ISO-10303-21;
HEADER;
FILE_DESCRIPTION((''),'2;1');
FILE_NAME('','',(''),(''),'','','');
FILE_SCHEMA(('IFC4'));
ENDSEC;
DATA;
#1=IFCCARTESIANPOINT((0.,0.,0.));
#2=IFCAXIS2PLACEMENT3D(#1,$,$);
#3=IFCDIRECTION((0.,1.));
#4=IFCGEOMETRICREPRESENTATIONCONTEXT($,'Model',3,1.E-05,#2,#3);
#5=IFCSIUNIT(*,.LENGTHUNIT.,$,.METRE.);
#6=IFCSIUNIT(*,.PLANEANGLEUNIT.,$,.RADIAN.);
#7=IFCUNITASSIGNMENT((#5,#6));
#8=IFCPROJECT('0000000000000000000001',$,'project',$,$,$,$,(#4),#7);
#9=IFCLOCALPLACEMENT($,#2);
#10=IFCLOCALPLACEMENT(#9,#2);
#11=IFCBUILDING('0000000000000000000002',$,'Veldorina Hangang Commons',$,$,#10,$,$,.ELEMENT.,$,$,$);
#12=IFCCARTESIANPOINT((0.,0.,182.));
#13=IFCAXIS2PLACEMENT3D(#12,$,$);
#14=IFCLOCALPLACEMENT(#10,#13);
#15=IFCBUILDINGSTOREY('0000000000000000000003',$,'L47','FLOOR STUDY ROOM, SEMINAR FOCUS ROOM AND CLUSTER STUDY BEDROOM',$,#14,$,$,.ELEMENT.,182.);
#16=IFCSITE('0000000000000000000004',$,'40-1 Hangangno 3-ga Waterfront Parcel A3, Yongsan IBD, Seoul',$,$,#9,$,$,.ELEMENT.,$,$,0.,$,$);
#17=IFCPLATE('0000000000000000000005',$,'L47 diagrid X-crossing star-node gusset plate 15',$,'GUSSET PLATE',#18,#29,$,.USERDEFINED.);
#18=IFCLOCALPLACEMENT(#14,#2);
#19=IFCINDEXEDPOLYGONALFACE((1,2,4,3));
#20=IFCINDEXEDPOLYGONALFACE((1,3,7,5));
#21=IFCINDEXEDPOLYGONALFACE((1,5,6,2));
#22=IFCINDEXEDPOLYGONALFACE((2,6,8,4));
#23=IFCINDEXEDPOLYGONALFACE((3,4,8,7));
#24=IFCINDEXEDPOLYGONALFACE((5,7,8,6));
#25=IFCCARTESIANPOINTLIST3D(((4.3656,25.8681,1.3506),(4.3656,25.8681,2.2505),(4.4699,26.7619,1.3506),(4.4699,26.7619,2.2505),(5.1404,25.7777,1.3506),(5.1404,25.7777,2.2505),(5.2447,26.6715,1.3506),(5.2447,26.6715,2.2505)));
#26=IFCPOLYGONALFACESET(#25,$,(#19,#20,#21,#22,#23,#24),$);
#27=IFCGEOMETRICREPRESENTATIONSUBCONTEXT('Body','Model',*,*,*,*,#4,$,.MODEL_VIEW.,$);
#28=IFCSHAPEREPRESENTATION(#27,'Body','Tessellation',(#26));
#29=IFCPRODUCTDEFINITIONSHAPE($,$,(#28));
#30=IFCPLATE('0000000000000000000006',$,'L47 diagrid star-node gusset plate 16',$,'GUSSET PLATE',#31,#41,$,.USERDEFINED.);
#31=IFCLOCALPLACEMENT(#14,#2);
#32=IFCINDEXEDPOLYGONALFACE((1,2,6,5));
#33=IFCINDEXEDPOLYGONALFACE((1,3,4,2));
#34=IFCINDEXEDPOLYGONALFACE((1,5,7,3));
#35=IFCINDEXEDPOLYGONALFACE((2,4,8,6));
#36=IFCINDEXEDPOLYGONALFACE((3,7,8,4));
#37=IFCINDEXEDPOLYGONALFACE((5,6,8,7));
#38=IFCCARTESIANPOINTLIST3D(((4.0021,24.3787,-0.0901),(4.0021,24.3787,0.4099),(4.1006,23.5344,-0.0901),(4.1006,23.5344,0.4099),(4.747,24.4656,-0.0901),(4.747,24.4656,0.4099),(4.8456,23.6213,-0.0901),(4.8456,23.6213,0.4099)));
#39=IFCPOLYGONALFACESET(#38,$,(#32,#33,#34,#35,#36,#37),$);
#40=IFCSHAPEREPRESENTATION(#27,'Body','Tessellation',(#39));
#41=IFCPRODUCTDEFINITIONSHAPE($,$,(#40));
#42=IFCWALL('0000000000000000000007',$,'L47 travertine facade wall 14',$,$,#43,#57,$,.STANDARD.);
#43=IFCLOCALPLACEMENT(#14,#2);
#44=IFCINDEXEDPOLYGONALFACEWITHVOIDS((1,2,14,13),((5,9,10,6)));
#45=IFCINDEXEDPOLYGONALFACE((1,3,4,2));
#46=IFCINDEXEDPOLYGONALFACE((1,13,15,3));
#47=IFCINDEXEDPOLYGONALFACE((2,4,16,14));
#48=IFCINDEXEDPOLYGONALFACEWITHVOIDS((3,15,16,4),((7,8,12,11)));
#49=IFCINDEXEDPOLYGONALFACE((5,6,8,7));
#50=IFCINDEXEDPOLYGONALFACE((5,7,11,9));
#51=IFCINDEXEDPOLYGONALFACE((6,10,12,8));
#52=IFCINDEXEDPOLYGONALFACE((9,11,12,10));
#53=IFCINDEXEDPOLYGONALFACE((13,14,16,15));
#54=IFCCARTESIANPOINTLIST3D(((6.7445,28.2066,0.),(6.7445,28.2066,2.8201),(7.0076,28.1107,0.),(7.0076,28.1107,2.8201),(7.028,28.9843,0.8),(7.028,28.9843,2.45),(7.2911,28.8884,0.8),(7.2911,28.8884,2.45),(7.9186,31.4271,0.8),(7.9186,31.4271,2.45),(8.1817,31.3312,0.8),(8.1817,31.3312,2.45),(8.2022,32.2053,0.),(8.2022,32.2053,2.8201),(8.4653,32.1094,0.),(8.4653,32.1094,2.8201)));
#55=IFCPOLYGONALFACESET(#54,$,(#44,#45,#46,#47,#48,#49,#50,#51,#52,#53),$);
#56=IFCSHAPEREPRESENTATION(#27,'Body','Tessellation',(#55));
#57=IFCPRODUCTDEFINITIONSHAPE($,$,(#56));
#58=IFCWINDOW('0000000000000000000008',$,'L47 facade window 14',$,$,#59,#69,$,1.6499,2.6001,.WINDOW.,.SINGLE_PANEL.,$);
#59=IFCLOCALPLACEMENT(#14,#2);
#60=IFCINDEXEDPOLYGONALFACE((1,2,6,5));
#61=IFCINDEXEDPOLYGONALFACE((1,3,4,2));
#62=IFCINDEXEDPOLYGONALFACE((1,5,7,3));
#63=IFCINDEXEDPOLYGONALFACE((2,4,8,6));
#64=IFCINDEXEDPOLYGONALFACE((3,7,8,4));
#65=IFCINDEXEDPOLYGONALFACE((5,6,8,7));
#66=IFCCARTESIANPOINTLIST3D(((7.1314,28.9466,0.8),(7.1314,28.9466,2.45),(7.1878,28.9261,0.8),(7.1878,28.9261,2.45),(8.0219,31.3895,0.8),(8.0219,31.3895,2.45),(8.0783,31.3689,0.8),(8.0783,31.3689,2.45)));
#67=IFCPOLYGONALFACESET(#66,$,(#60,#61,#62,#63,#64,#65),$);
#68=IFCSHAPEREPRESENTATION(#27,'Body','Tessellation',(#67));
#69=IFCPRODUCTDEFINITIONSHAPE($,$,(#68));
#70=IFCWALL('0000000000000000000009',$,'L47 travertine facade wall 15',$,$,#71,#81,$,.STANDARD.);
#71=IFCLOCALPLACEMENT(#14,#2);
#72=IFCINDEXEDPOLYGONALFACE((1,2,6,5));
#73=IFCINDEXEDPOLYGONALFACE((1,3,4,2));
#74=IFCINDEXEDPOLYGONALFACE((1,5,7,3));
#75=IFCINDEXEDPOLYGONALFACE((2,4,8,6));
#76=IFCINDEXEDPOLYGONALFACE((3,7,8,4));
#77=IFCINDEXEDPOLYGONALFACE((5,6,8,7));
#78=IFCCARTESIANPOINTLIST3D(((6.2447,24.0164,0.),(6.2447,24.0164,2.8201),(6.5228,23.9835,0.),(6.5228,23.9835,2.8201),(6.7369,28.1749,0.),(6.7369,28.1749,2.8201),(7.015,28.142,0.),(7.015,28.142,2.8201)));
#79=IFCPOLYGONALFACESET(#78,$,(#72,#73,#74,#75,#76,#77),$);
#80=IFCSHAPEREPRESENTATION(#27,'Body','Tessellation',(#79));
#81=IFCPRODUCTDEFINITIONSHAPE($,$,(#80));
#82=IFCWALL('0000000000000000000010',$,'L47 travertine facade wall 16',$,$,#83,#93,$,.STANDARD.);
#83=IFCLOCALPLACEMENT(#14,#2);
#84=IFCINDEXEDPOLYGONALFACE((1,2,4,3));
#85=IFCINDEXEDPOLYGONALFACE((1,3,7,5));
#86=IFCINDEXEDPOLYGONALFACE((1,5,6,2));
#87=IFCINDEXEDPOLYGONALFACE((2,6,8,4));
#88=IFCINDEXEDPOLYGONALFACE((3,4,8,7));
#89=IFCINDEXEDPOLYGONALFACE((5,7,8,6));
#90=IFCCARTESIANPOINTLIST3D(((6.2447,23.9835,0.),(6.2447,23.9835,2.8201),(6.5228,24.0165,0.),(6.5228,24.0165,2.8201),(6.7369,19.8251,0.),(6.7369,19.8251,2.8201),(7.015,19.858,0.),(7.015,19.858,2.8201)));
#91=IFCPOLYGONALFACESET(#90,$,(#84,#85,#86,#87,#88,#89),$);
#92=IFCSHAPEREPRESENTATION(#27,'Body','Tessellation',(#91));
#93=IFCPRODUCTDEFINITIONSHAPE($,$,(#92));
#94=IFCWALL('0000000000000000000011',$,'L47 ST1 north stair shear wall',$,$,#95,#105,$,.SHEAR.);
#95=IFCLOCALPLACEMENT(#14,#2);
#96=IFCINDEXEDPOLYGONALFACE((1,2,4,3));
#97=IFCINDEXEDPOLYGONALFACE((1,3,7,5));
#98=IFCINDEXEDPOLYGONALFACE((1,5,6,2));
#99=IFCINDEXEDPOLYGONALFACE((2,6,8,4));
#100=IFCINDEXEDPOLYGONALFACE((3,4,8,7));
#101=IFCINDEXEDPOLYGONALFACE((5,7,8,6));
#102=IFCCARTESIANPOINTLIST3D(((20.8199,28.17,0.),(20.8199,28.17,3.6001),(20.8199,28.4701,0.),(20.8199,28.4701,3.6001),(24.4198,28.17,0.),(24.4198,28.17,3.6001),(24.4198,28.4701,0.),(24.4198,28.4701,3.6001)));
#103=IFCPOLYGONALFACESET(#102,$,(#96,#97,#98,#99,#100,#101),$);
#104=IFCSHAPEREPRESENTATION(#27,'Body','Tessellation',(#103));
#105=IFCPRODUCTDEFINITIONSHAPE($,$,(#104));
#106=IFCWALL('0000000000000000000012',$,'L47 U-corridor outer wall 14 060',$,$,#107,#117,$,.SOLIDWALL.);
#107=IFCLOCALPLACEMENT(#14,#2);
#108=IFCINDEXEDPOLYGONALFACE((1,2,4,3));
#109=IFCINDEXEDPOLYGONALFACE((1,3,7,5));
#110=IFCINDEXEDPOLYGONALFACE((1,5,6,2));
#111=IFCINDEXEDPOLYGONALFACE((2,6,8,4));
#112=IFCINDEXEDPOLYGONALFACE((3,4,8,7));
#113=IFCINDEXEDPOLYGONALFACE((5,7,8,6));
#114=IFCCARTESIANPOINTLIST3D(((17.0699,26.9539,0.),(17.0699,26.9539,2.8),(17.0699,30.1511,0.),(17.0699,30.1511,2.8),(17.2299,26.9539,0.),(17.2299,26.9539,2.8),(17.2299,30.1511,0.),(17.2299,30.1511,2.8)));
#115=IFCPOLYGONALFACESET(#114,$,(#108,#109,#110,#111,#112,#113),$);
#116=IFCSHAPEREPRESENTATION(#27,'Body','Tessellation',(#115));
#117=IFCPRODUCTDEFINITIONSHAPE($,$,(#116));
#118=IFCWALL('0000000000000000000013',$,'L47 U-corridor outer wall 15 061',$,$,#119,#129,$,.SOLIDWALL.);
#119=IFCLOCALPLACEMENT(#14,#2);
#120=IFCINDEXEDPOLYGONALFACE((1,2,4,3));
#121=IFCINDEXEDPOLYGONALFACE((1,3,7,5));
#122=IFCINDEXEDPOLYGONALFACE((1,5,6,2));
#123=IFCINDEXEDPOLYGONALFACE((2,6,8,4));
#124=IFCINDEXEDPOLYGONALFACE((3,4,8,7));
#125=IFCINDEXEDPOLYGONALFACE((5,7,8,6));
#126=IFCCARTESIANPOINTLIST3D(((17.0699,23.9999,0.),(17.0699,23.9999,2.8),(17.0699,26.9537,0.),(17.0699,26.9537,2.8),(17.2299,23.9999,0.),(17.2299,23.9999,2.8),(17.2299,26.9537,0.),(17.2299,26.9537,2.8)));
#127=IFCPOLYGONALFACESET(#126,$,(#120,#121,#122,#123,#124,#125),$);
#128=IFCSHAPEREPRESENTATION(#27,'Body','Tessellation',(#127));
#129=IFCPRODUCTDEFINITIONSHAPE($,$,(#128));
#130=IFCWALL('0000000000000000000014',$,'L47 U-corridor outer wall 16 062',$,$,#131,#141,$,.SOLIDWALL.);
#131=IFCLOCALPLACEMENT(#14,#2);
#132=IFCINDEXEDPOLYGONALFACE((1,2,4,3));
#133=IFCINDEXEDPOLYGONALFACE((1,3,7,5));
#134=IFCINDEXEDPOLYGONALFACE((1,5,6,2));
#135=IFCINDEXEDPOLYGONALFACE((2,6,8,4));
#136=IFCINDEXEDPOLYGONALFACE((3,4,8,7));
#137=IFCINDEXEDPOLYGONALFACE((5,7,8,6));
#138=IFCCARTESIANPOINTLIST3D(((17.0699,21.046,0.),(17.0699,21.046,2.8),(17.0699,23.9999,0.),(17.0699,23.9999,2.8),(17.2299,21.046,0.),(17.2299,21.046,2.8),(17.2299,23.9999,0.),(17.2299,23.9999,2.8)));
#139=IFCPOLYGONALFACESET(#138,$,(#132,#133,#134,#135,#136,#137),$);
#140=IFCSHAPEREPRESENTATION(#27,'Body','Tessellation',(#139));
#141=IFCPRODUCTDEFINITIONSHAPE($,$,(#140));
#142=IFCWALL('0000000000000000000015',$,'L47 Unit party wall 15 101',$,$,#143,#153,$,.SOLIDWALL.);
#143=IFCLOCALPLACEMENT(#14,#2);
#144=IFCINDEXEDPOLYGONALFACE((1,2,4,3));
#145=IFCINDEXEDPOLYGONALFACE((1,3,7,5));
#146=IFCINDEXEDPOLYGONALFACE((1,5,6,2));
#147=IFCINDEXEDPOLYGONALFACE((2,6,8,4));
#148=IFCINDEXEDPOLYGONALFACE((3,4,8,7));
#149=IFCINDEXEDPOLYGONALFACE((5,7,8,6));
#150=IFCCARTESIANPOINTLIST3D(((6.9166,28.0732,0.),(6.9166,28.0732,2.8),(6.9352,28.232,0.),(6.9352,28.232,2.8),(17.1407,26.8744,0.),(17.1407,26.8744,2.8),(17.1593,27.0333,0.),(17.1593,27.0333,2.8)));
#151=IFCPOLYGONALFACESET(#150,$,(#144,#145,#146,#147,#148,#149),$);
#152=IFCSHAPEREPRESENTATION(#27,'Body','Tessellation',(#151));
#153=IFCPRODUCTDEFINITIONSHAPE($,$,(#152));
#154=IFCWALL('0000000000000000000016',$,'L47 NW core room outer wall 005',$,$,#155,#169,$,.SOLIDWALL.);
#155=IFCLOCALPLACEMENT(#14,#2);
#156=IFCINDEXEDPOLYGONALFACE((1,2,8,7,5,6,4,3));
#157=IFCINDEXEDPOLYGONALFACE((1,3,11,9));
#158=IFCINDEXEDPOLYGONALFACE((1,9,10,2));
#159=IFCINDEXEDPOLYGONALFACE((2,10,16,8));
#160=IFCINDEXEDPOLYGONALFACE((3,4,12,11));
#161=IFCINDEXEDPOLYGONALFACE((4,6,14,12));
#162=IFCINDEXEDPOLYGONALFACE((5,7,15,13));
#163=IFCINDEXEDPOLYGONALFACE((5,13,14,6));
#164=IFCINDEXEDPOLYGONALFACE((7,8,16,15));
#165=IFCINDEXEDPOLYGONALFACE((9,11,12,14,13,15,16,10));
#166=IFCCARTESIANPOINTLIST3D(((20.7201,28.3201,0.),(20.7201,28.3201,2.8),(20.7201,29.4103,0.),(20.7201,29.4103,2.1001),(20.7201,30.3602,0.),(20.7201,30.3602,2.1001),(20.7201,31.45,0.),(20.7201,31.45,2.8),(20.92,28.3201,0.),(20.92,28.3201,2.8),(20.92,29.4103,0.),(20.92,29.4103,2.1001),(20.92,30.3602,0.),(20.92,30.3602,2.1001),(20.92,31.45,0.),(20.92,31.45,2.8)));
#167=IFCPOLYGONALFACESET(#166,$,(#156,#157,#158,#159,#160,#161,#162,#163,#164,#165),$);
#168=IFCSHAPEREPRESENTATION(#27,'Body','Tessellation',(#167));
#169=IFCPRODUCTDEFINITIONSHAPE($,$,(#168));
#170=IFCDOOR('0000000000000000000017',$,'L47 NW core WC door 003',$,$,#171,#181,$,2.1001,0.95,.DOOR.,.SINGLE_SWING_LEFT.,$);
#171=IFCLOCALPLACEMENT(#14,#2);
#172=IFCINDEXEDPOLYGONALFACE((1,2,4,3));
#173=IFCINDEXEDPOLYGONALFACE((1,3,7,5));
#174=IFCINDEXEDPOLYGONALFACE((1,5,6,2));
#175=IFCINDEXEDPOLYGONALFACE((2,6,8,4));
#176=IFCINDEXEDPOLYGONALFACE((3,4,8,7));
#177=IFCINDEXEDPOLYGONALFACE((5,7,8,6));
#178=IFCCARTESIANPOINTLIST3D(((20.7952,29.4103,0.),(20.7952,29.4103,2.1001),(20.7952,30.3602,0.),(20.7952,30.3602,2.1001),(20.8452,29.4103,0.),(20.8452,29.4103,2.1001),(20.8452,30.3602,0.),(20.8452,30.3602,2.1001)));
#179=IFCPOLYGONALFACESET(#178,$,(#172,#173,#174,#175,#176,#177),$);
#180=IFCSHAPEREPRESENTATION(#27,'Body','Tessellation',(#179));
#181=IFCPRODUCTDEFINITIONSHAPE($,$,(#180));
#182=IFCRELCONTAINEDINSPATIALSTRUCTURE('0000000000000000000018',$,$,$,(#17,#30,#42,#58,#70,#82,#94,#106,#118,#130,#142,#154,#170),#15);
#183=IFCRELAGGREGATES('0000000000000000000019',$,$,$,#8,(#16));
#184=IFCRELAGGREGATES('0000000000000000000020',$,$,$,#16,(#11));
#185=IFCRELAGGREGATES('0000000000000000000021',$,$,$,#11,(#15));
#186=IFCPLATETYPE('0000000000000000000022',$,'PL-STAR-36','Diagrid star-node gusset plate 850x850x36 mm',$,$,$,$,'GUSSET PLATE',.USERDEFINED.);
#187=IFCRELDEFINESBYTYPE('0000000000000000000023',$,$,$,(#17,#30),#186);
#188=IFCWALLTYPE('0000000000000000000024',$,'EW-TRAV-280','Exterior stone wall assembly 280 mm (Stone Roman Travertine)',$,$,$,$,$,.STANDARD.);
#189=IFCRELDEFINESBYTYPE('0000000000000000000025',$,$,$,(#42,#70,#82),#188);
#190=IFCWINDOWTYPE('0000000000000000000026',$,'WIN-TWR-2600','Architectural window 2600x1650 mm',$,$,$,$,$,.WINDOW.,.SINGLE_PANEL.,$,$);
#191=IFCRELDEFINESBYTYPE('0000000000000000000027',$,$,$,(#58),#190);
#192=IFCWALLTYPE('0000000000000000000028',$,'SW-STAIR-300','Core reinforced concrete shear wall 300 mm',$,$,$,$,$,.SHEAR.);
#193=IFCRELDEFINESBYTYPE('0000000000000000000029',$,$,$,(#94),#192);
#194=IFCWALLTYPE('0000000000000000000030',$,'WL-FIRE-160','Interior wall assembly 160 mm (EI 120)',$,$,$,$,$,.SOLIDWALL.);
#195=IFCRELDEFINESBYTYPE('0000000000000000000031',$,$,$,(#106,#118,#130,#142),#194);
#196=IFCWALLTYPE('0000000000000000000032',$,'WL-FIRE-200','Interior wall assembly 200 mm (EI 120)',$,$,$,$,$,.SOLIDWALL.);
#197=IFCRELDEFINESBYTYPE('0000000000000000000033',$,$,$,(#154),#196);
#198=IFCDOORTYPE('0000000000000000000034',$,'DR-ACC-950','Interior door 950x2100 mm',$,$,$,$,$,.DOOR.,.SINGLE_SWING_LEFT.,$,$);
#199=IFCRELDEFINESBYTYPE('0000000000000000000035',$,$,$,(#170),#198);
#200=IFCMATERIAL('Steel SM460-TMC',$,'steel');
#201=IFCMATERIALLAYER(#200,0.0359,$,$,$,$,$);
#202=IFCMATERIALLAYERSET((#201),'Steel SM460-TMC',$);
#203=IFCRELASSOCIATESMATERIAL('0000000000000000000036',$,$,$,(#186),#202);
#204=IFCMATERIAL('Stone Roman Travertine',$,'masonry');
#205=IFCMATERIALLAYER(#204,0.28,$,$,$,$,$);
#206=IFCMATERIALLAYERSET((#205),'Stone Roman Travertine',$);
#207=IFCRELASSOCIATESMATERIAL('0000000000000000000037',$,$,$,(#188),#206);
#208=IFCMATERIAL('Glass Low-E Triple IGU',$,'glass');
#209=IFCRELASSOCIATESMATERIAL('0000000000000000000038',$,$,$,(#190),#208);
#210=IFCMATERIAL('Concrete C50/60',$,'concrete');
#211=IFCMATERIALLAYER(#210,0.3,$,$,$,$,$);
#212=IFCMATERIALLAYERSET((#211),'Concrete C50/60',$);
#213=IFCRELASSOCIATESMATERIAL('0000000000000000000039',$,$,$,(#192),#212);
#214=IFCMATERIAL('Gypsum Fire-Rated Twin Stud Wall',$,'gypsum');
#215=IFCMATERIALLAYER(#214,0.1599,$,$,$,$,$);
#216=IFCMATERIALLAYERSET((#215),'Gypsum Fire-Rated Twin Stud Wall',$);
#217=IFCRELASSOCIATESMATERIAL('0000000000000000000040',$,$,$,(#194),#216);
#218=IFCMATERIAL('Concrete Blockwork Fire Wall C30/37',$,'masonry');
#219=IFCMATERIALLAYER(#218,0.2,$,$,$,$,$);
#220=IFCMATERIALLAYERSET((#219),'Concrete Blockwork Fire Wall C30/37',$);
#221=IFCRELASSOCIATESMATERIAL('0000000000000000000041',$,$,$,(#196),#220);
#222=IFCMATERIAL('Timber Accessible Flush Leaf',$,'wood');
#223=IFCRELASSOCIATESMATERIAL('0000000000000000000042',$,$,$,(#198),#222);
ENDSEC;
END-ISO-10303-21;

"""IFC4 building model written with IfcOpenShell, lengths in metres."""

from ifc_helpers import new_model, si_unit, direction, frame, frame_2d, origin, origin_2d, place, context, subcontext, project, spatial, rectangle, extrude, material, layer, layer_set, type_object, element, fill, save


model = new_model("IFC4")

# Units and contexts
model_context = context("Model", 3, precision=1e-05, world=origin(), true_north=direction((0.0, 1.0)))
body_context = subcontext(model_context, "Body", "Model", "MODEL_VIEW")
ifc_project = project(units=[si_unit("LENGTHUNIT", "METRE"), si_unit("PLANEANGLEUNIT", "RADIAN")], contexts=[model_context])

# Site, building, storey
site_placement = place(None, origin())
site = spatial("IfcSite", under=ifc_project, at=site_placement, Name="40-1 Hangangno 3-ga Waterfront Parcel A3, Yongsan IBD, Seoul", CompositionType="ELEMENT", RefElevation=0.0)
building_placement = place(site_placement, origin())
building = spatial("IfcBuilding", under=site, at=building_placement, Name="Veldorina Hangang Commons", CompositionType="ELEMENT")
storey_placement = place(building_placement, frame((0.0, 0.0, 182.0)))
storey = spatial("IfcBuildingStorey", under=building, at=storey_placement, Name="L47", Description="FLOOR STUDY ROOM, SEMINAR FOCUS ROOM AND CLUSTER STUDY BEDROOM", CompositionType="ELEMENT", Elevation=182.0)

# Plates
ifc_material_1 = material(Name="Steel SM460-TMC", Category="steel")
ifc_layer_1 = layer(ifc_material_1, 0.0359)
ifc_layer_set_1 = layer_set([ifc_layer_1], Name="Steel SM460-TMC")
plate_type = type_object("IfcPlateType", Name="PL-STAR-36", Description="Diagrid star-node gusset plate 850x850x36 mm", ElementType="GUSSET PLATE", PredefinedType="USERDEFINED", material=ifc_layer_set_1)
plate_1_placement = place(storey_placement, frame((4.8052, 26.2698, 1.3506), z_axis=(0.0, 0.0, 1.0), x_axis=(-0.115908, -0.99326, 0.0)))
element("IfcPlate", 1, at=plate_1_placement, inside=storey, type_object=plate_type, Name="L47 diagrid X-crossing star-node gusset plate 15", ObjectType="GUSSET PLATE", PredefinedType="USERDEFINED", context=body_context, shape_type="SweptSolid", body=[
    extrude(rectangle(XDim=0.8999, YDim=0.78, at=origin_2d()), origin(), (0.0, 0.0, 1.0), 0.8999),
])
plate_2_placement = place(storey_placement, frame((4.4238, 24.0, -0.0901), z_axis=(0.0, 0.0, 1.0), x_axis=(0.115908, -0.99326, 0.0)))
element("IfcPlate", 2, at=plate_2_placement, inside=storey, type_object=plate_type, Name="L47 diagrid star-node gusset plate 16", ObjectType="GUSSET PLATE", PredefinedType="USERDEFINED", context=body_context, shape_type="SweptSolid", body=[
    extrude(rectangle(XDim=0.8501, YDim=0.75, at=origin_2d()), origin(), (0.0, 0.0, 1.0), 0.5),
])

# Wall, opening, window
ifc_material_2 = material(Name="Stone Roman Travertine", Category="masonry")
ifc_layer_2 = layer(ifc_material_2, 0.28)
ifc_layer_set_2 = layer_set([ifc_layer_2], Name="Stone Roman Travertine")
wall_type_1 = type_object("IfcWallType", Name="EW-TRAV-280", Description="Exterior stone wall assembly 280 mm (Stone Roman Travertine)", PredefinedType="STANDARD", material=ifc_layer_set_2)
wall_1_placement = place(storey_placement, frame((8.3337, 32.1572, 0.0), z_axis=(0.0, 0.0, 1.0), x_axis=(-0.342503, -0.939517, 0.0)))
wall_1 = element("IfcWall", 3, at=wall_1_placement, inside=storey, type_object=wall_type_1, Name="L47 travertine facade wall 14", PredefinedType="STANDARD", context=body_context, shape_type="SweptSolid", body=[
    extrude(rectangle(XDim=4.2561, YDim=0.28, at=frame_2d((2.1279, 0.0))), origin(), (0.0, 0.0, 1.0), 2.8201),
])
opening_1_placement = place(wall_1_placement, frame((0.8281, 0.0, 0.8)))
opening_1 = element("IfcOpeningElement", 4, at=opening_1_placement, cuts=wall_1, PredefinedType="OPENING", context=body_context, shape_type="SweptSolid", body=[
    extrude(rectangle(XDim=2.6001, YDim=1.6499, at=frame_2d((1.3, 0.825))), frame((0.0, 0.1499, 0.0), z_axis=(0.0, -1.0, 0.0), x_axis=(1.0, 0.0, 0.0)), (0.0, 0.0, 1.0), 0.3),
])
ifc_material_3 = material(Name="Glass Low-E Triple IGU", Category="glass")
window_type = type_object("IfcWindowType", Name="WIN-TWR-2600", Description="Architectural window 2600x1650 mm", PartitioningType="SINGLE_PANEL", PredefinedType="WINDOW", material=ifc_material_3)
window_placement = place(opening_1_placement, origin())
window = element("IfcWindow", 5, at=window_placement, inside=storey, type_object=window_type, Name="L47 facade window 14", OverallHeight=1.6499, OverallWidth=2.6001, PartitioningType="SINGLE_PANEL", PredefinedType="WINDOW", context=body_context, shape_type="SweptSolid", body=[
    extrude(rectangle(XDim=2.6001, YDim=1.6499, at=frame_2d((1.3, 0.825))), frame((0.0, 0.03, 0.0), z_axis=(0.0, -1.0, 0.0), x_axis=(1.0, 0.0, 0.0)), (0.0, 0.0, 1.0), 0.0601),
])
fill(opening_1, window)

# Walls
for number, where, z_axis, x_axis, name in (
    (6, (6.876, 28.1584, 0.0), (0.0, 0.0, 1.0), (-0.117538, -0.993068, 0.0), "L47 travertine facade wall 15"),
    (7, (6.3838, 24.0, 0.0), (0.0, 0.0, 1.0), (0.117538, -0.993068, 0.0), "L47 travertine facade wall 16"),
):
    element("IfcWall", number, at=place(storey_placement, frame(where, z_axis=z_axis, x_axis=x_axis)), inside=storey, type_object=wall_type_1, Name=name, PredefinedType="STANDARD", context=body_context, shape_type="SweptSolid", body=[
        extrude(rectangle(XDim=4.1875, YDim=0.28, at=frame_2d((2.0938, 0.0))), origin(), (0.0, 0.0, 1.0), 2.8201),
    ])
ifc_material_4 = material(Name="Concrete C50/60", Category="concrete")
ifc_layer_3 = layer(ifc_material_4, 0.3)
ifc_layer_set_3 = layer_set([ifc_layer_3], Name="Concrete C50/60")
wall_type_2 = type_object("IfcWallType", Name="SW-STAIR-300", Description="Core reinforced concrete shear wall 300 mm", PredefinedType="SHEAR", material=ifc_layer_set_3)
wall_2_placement = place(storey_placement, frame((20.8201, 28.3201, 0.0), z_axis=(0.0, 0.0, 1.0), x_axis=(1.0, 0.0, 0.0)))
element("IfcWall", 8, at=wall_2_placement, inside=storey, type_object=wall_type_2, Name="L47 ST1 north stair shear wall", PredefinedType="SHEAR", context=body_context, shape_type="SweptSolid", body=[
    extrude(rectangle(XDim=3.5999, YDim=0.3, at=frame_2d((1.7998, 0.0))), origin(), (0.0, 0.0, 1.0), 3.6001),
])
ifc_material_5 = material(Name="Gypsum Fire-Rated Twin Stud Wall", Category="gypsum")
ifc_layer_4 = layer(ifc_material_5, 0.1599)
ifc_layer_set_4 = layer_set([ifc_layer_4], Name="Gypsum Fire-Rated Twin Stud Wall")
wall_type_3 = type_object("IfcWallType", Name="WL-FIRE-160", Description="Interior wall assembly 160 mm (EI 120)", PredefinedType="SOLIDWALL", material=ifc_layer_set_4)
wall_3_placement = place(storey_placement, frame((17.1499, 30.1511, 0.0), z_axis=(0.0, 0.0, 1.0), x_axis=(0.0, -1.0, 0.0)))
element("IfcWall", 9, at=wall_3_placement, inside=storey, type_object=wall_type_3, Name="L47 U-corridor outer wall 14 060", PredefinedType="SOLIDWALL", context=body_context, shape_type="SweptSolid", body=[
    extrude(rectangle(XDim=3.1973, YDim=0.1599, at=frame_2d((1.5986, 0.0))), origin(), (0.0, 0.0, 1.0), 2.8),
])
for number, where, z_axis, x_axis, name in (
    (10, (17.1499, 26.9539, 0.0), (0.0, 0.0, 1.0), (0.0, -1.0, 0.0), "L47 U-corridor outer wall 15 061"),
    (11, (17.1499, 24.0, 0.0), (0.0, 0.0, 1.0), (0.0, -1.0, 0.0), "L47 U-corridor outer wall 16 062"),
):
    element("IfcWall", number, at=place(storey_placement, frame(where, z_axis=z_axis, x_axis=x_axis)), inside=storey, type_object=wall_type_3, Name=name, PredefinedType="SOLIDWALL", context=body_context, shape_type="SweptSolid", body=[
        extrude(rectangle(XDim=2.9539, YDim=0.1599, at=frame_2d((1.4771, 0.0))), origin(), (0.0, 0.0, 1.0), 2.8),
    ])
wall_4_placement = place(storey_placement, frame((17.1499, 26.9539, 0.0), z_axis=(0.0, 0.0, 1.0), x_axis=(-0.993197, 0.116448, 0.0)))
element("IfcWall", 12, at=wall_4_placement, inside=storey, type_object=wall_type_3, Name="L47 Unit party wall 15 101", PredefinedType="SOLIDWALL", context=body_context, shape_type="SweptSolid", body=[
    extrude(rectangle(XDim=10.2942, YDim=0.1599, at=frame_2d((5.147, 0.0))), origin(), (0.0, 0.0, 1.0), 2.8),
])

# Wall, opening, door
ifc_material_6 = material(Name="Concrete Blockwork Fire Wall C30/37", Category="masonry")
ifc_layer_5 = layer(ifc_material_6, 0.2)
ifc_layer_set_5 = layer_set([ifc_layer_5], Name="Concrete Blockwork Fire Wall C30/37")
wall_type_4 = type_object("IfcWallType", Name="WL-FIRE-200", Description="Interior wall assembly 200 mm (EI 120)", PredefinedType="SOLIDWALL", material=ifc_layer_set_5)
wall_5_placement = place(storey_placement, frame((20.8201, 28.3201, 0.0), z_axis=(0.0, 0.0, 1.0), x_axis=(0.0, 1.0, 0.0)))
wall_5 = element("IfcWall", 13, at=wall_5_placement, inside=storey, type_object=wall_type_4, Name="L47 NW core room outer wall 005", PredefinedType="SOLIDWALL", context=body_context, shape_type="SweptSolid", body=[
    extrude(rectangle(XDim=3.1299, YDim=0.2, at=frame_2d((1.5649, 0.0))), origin(), (0.0, 0.0, 1.0), 2.8),
])
opening_2_placement = place(wall_5_placement, frame((1.0901, 0.0, 0.0)))
opening_2 = element("IfcOpeningElement", 14, at=opening_2_placement, cuts=wall_5, PredefinedType="OPENING", context=body_context, shape_type="SweptSolid", body=[
    extrude(rectangle(XDim=0.95, YDim=2.1001, at=frame_2d((0.4751, 1.05))), frame((0.0, 0.1099, 0.0), z_axis=(0.0, -1.0, 0.0), x_axis=(1.0, 0.0, 0.0)), (0.0, 0.0, 1.0), 0.22),
])
ifc_material_7 = material(Name="Timber Accessible Flush Leaf", Category="wood")
door_type = type_object("IfcDoorType", Name="DR-ACC-950", Description="Interior door 950x2100 mm", OperationType="SINGLE_SWING_LEFT", PredefinedType="DOOR", material=ifc_material_7)
door_placement = place(opening_2_placement, origin())
door = element("IfcDoor", 15, at=door_placement, inside=storey, type_object=door_type, Name="L47 NW core WC door 003", OperationType="SINGLE_SWING_LEFT", OverallHeight=2.1001, OverallWidth=0.95, PredefinedType="DOOR", context=body_context, shape_type="SweptSolid", body=[
    extrude(rectangle(XDim=0.95, YDim=2.1001, at=frame_2d((0.4751, 1.05))), frame((0.0, 0.0249, 0.0), z_axis=(0.0, -1.0, 0.0), x_axis=(1.0, 0.0, 0.0)), (0.0, 0.0, 1.0), 0.05),
])
fill(opening_2, door)

save(model, "model.ifc")
